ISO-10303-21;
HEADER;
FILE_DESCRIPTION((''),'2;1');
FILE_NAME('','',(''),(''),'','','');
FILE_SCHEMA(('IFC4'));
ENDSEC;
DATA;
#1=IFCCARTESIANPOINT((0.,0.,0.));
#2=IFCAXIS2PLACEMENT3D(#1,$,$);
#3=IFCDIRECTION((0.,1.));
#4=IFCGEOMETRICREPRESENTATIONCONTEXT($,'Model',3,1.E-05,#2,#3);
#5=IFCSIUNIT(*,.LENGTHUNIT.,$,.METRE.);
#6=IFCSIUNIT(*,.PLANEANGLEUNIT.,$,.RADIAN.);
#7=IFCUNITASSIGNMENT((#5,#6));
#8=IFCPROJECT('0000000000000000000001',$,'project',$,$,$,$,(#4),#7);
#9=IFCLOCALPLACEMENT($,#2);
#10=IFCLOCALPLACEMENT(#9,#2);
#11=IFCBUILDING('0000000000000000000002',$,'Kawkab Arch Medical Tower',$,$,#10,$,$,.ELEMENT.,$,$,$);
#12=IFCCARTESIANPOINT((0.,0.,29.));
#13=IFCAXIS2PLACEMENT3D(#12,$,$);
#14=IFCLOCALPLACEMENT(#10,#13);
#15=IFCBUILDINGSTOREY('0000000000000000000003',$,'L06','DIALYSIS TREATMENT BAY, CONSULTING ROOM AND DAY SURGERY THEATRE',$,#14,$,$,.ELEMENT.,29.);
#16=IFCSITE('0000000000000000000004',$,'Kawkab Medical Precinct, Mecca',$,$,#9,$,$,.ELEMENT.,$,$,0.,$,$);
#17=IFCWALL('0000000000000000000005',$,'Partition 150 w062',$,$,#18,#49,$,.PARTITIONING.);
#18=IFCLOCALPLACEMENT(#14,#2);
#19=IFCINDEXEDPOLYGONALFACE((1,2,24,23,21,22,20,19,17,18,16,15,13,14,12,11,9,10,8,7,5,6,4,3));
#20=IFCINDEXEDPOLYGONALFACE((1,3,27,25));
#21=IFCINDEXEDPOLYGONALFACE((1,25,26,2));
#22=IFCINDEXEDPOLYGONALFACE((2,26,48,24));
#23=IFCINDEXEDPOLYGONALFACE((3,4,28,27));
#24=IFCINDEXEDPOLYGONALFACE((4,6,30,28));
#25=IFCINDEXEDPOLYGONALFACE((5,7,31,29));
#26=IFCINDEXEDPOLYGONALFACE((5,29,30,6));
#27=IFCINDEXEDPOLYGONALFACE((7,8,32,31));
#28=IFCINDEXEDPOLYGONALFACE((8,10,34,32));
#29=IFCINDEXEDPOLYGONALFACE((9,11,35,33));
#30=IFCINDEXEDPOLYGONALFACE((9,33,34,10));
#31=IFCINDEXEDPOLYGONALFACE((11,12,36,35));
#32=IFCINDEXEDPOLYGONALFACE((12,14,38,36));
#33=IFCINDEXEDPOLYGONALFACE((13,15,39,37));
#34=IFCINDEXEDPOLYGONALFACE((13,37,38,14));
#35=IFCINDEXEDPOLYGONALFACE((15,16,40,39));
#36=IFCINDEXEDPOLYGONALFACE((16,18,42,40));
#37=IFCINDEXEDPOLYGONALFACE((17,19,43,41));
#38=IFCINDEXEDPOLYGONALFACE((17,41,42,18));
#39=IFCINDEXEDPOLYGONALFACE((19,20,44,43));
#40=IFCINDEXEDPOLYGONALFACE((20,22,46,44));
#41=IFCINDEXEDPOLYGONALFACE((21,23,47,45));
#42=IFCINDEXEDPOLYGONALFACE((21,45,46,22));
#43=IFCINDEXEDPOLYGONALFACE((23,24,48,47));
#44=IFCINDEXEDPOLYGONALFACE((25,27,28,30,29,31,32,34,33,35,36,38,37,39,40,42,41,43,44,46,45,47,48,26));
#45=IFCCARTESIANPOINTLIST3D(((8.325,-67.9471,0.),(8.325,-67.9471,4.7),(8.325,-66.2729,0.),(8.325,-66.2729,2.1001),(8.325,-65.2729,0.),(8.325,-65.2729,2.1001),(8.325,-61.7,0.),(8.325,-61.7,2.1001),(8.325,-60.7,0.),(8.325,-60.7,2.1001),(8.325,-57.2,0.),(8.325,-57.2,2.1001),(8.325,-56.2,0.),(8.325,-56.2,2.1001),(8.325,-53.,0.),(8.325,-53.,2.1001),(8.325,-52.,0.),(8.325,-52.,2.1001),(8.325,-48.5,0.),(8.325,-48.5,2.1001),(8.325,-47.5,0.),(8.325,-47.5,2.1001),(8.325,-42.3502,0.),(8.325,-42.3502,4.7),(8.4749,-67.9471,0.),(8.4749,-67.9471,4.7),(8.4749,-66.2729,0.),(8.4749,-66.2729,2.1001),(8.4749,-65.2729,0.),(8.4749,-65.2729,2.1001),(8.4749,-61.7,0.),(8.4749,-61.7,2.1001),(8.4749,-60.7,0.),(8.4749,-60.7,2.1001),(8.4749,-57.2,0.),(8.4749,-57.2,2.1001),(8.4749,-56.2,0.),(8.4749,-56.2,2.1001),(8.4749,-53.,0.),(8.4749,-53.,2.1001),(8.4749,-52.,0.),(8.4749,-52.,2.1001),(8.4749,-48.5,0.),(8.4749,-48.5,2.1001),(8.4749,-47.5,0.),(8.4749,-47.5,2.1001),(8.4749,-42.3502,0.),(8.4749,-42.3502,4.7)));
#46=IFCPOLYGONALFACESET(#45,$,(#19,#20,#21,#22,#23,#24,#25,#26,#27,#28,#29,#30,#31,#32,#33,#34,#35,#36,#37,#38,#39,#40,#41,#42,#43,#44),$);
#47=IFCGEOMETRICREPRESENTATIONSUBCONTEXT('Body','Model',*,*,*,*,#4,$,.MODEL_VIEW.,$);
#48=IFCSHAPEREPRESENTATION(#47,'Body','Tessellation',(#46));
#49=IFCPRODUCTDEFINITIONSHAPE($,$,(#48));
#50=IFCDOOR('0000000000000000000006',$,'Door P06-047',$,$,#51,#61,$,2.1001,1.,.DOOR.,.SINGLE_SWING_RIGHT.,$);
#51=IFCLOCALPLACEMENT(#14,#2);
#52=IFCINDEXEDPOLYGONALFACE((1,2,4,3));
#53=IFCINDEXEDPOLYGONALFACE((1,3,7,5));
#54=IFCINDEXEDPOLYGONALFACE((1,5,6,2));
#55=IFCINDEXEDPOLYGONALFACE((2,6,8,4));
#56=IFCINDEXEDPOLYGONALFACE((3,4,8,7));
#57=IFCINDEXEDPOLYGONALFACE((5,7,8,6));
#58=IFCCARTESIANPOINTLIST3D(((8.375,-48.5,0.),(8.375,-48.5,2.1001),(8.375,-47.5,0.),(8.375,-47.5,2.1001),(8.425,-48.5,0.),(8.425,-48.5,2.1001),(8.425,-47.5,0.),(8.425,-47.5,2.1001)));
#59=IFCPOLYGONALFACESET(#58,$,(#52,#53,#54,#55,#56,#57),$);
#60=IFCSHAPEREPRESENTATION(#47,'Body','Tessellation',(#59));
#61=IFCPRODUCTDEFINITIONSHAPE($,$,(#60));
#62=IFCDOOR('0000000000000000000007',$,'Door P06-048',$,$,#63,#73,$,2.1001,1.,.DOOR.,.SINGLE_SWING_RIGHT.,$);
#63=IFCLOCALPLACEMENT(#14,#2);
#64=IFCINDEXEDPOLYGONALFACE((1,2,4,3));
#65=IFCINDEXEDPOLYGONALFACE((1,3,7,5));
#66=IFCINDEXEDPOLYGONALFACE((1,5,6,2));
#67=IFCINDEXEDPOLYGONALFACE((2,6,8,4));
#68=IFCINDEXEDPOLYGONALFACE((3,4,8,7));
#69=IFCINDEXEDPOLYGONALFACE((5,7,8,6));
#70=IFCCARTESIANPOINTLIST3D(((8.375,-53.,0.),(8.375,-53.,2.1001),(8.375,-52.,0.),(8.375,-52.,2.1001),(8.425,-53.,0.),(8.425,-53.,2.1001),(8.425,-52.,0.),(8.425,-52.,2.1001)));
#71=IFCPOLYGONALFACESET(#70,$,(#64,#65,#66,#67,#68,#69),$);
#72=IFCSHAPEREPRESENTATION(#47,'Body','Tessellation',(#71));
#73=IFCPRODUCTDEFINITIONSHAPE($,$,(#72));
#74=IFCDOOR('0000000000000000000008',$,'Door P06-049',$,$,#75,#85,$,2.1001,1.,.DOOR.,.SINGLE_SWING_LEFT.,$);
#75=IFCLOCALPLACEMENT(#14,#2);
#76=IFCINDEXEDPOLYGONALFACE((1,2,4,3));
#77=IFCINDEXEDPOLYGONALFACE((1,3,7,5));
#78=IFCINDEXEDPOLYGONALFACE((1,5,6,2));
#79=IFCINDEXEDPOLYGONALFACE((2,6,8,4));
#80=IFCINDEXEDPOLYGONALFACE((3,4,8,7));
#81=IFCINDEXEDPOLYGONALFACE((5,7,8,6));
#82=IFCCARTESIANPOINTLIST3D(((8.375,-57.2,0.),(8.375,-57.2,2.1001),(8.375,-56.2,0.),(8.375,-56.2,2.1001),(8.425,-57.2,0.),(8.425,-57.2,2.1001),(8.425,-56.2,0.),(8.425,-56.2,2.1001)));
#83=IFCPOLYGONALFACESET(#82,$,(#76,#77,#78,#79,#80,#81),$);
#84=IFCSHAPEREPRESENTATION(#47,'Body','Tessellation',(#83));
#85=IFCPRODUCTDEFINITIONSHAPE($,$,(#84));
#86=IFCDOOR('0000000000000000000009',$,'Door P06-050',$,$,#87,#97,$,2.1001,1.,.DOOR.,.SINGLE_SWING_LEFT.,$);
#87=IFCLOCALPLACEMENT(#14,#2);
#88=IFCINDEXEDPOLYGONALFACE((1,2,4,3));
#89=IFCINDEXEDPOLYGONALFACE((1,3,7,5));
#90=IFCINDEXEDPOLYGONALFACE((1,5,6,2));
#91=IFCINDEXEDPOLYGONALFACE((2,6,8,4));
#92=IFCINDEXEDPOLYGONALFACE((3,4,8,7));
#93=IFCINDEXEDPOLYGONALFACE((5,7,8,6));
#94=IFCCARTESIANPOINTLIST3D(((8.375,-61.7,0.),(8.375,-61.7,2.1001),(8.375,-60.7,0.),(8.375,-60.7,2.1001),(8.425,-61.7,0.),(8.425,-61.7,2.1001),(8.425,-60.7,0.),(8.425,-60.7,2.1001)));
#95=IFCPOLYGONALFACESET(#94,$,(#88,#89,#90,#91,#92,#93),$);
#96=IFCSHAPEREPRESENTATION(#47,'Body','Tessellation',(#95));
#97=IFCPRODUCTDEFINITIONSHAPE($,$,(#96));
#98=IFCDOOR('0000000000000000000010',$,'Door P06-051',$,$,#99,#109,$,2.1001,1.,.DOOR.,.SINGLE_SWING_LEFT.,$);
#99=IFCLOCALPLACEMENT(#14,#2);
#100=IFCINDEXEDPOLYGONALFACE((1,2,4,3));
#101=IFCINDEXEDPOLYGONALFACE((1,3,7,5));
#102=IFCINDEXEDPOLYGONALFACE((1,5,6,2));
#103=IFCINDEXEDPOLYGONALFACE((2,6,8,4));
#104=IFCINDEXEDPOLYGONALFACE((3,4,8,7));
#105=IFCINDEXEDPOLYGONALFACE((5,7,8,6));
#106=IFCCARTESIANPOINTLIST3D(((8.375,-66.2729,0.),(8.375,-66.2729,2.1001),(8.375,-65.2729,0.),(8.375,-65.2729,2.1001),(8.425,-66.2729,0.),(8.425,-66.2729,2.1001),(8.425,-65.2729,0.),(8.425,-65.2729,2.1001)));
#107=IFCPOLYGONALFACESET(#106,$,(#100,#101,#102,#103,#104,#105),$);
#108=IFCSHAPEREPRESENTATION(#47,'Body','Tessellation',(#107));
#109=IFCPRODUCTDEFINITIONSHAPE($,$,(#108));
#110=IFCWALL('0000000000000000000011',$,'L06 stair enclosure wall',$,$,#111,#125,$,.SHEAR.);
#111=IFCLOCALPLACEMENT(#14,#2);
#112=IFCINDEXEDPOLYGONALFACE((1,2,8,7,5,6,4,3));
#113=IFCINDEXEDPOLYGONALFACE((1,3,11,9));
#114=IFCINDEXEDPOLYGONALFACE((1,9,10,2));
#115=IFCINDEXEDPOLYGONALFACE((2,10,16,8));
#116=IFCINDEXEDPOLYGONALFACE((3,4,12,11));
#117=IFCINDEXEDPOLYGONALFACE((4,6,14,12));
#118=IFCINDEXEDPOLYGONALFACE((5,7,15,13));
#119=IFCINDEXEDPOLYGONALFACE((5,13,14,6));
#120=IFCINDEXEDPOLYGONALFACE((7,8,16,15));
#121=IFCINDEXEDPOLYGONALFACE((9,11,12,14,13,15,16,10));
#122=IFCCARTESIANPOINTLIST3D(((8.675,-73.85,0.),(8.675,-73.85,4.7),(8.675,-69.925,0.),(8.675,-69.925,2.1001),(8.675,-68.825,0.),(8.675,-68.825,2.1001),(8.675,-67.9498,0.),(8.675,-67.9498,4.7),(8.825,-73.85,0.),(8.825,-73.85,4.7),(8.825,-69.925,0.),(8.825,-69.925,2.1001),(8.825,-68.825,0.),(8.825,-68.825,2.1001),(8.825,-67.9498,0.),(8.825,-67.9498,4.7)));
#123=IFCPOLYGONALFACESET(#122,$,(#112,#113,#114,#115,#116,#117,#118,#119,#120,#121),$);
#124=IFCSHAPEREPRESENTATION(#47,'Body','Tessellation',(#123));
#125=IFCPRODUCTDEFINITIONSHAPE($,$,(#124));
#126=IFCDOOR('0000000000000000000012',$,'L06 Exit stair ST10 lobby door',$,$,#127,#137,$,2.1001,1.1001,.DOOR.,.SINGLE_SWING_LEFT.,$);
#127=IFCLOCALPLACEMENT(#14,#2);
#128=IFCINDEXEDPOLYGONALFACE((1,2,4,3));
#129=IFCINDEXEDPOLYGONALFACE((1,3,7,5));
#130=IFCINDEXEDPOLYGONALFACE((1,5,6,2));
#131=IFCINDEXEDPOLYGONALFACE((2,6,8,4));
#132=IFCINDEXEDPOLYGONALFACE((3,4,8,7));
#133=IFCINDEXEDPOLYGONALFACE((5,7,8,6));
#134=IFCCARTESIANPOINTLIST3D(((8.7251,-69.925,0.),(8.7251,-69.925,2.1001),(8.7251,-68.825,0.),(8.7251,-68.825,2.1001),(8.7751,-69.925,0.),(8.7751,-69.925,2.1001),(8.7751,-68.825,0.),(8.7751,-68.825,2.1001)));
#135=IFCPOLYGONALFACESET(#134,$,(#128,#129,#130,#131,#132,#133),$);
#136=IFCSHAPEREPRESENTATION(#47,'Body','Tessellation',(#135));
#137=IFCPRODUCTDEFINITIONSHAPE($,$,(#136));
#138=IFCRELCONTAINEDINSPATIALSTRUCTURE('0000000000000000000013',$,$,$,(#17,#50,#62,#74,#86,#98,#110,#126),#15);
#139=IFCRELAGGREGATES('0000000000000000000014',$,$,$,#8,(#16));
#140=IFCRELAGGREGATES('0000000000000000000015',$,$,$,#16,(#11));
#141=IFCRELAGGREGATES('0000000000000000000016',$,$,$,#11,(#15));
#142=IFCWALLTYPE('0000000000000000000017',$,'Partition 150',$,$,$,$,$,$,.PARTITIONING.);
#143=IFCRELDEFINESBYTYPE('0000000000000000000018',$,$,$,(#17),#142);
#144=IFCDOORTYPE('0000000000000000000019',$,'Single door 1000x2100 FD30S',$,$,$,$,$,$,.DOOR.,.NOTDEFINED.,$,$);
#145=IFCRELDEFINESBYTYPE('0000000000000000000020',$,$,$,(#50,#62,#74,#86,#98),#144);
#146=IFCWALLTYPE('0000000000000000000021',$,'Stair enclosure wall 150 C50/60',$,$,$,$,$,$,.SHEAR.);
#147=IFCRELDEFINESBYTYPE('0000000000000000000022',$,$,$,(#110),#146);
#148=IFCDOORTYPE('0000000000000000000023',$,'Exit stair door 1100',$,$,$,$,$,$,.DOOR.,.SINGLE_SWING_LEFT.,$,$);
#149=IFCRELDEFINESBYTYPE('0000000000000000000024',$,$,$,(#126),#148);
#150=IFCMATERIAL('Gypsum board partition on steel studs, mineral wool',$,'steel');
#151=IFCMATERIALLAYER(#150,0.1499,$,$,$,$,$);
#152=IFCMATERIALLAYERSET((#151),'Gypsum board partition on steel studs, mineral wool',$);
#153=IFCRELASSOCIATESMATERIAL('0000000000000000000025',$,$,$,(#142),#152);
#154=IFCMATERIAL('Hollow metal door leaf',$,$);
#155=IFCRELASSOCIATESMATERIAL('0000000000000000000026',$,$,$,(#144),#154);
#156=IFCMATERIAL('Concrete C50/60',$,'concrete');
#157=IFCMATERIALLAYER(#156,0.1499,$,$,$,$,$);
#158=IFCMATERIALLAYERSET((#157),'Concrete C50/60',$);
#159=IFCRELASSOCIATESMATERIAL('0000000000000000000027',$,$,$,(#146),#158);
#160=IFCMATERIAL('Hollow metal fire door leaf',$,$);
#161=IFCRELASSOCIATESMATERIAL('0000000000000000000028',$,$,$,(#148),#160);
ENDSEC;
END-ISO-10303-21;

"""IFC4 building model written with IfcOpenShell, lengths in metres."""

from ifc_helpers import new_model, si_unit, direction, frame, frame_2d, origin, place, context, subcontext, project, spatial, rectangle, extrude, material, layer, layer_set, type_object, element, fill, save


model = new_model("IFC4")

# Units and contexts
model_context = context("Model", 3, precision=1e-05, world=origin(), true_north=direction((0.0, 1.0)))
body_context = subcontext(model_context, "Body", "Model", "MODEL_VIEW")
ifc_project = project(units=[si_unit("LENGTHUNIT", "METRE"), si_unit("PLANEANGLEUNIT", "RADIAN")], contexts=[model_context])

# Site, building, storey
site_placement = place(None, origin())
site = spatial("IfcSite", under=ifc_project, at=site_placement, Name="Kawkab Medical Precinct, Mecca", CompositionType="ELEMENT", RefElevation=0.0)
building_placement = place(site_placement, origin())
building = spatial("IfcBuilding", under=site, at=building_placement, Name="Kawkab Arch Medical Tower", CompositionType="ELEMENT")
storey_placement = place(building_placement, frame((0.0, 0.0, 29.0)))
storey = spatial("IfcBuildingStorey", under=building, at=storey_placement, Name="L06", Description="DIALYSIS TREATMENT BAY, CONSULTING ROOM AND DAY SURGERY THEATRE", CompositionType="ELEMENT", Elevation=29.0)

# Shared definitions
ifc_material_1 = material(Name="Gypsum board partition on steel studs, mineral wool", Category="steel")
ifc_layer_1 = layer(ifc_material_1, 0.1499)
ifc_layer_set_1 = layer_set([ifc_layer_1], Name="Gypsum board partition on steel studs, mineral wool")
wall_type_1 = type_object("IfcWallType", Name="Partition 150", PredefinedType="PARTITIONING", material=ifc_layer_set_1)

# Wall, openings, doors
wall_1_placement = place(storey_placement, frame((8.3999, -67.947, 0.0), z_axis=(0.0, 0.0, 1.0), x_axis=(0.0, 1.0, 0.0)))
wall_1 = element("IfcWall", 1, at=wall_1_placement, inside=storey, type_object=wall_type_1, Name="Partition 150 w062", PredefinedType="PARTITIONING", context=body_context, shape_type="SweptSolid", body=[
    extrude(rectangle(XDim=25.5969, YDim=0.1499, at=frame_2d((12.7983, 0.0))), origin(), (0.0, 0.0, 1.0), 4.7),
])
opening_1_placement = place(wall_1_placement, frame((19.447, 0.0, 0.0)))
opening_1 = element("IfcOpeningElement", 2, at=opening_1_placement, cuts=wall_1, PredefinedType="OPENING", context=body_context, shape_type="SweptSolid", body=[
    extrude(rectangle(XDim=1.0, YDim=2.1001, at=frame_2d((0.5, 1.05))), frame((0.0, 0.085, 0.0), z_axis=(0.0, -1.0, 0.0), x_axis=(1.0, 0.0, 0.0)), (0.0, 0.0, 1.0), 0.1699),
])
opening_2_placement = place(wall_1_placement, frame((14.947, 0.0, 0.0)))
opening_2 = element("IfcOpeningElement", 3, at=opening_2_placement, cuts=wall_1, PredefinedType="OPENING", context=body_context, shape_type="SweptSolid", body=[
    extrude(rectangle(XDim=1.0, YDim=2.1001, at=frame_2d((0.5, 1.05))), frame((0.0, 0.085, 0.0), z_axis=(0.0, -1.0, 0.0), x_axis=(1.0, 0.0, 0.0)), (0.0, 0.0, 1.0), 0.1699),
])
opening_3_placement = place(wall_1_placement, frame((10.7471, 0.0, 0.0)))
opening_3 = element("IfcOpeningElement", 4, at=opening_3_placement, cuts=wall_1, PredefinedType="OPENING", context=body_context, shape_type="SweptSolid", body=[
    extrude(rectangle(XDim=1.0, YDim=2.1001, at=frame_2d((0.5, 1.05))), frame((0.0, 0.085, 0.0), z_axis=(0.0, -1.0, 0.0), x_axis=(1.0, 0.0, 0.0)), (0.0, 0.0, 1.0), 0.1699),
])
opening_4_placement = place(wall_1_placement, frame((6.2471, 0.0, 0.0)))
opening_4 = element("IfcOpeningElement", 5, at=opening_4_placement, cuts=wall_1, PredefinedType="OPENING", context=body_context, shape_type="SweptSolid", body=[
    extrude(rectangle(XDim=1.0, YDim=2.1001, at=frame_2d((0.5, 1.05))), frame((0.0, 0.085, 0.0), z_axis=(0.0, -1.0, 0.0), x_axis=(1.0, 0.0, 0.0)), (0.0, 0.0, 1.0), 0.1699),
])
opening_5_placement = place(wall_1_placement, frame((1.6741, 0.0, 0.0)))
opening_5 = element("IfcOpeningElement", 6, at=opening_5_placement, cuts=wall_1, PredefinedType="OPENING", context=body_context, shape_type="SweptSolid", body=[
    extrude(rectangle(XDim=1.0, YDim=2.1001, at=frame_2d((0.5, 1.05))), frame((0.0, 0.085, 0.0), z_axis=(0.0, -1.0, 0.0), x_axis=(1.0, 0.0, 0.0)), (0.0, 0.0, 1.0), 0.1699),
])
ifc_material_2 = material(Name="Hollow metal door leaf")
door_type_1 = type_object("IfcDoorType", Name="Single door 1000x2100 FD30S", OperationType="NOTDEFINED", PredefinedType="DOOR", material=ifc_material_2)
door_1_placement = place(opening_1_placement, origin())
door_1 = element("IfcDoor", 7, at=door_1_placement, inside=storey, type_object=door_type_1, Name="Door P06-047", OperationType="SINGLE_SWING_RIGHT", OverallHeight=2.1001, OverallWidth=1.0, PredefinedType="DOOR", context=body_context, shape_type="SweptSolid", body=[
    extrude(rectangle(XDim=1.0, YDim=2.1001, at=frame_2d((0.5, 1.05))), frame((0.0, 0.0249, 0.0), z_axis=(0.0, -1.0, 0.0), x_axis=(1.0, 0.0, 0.0)), (0.0, 0.0, 1.0), 0.05),
])
fill(opening_1, door_1)
door_2_placement = place(opening_2_placement, origin())
door_2 = element("IfcDoor", 8, at=door_2_placement, inside=storey, type_object=door_type_1, Name="Door P06-048", OperationType="SINGLE_SWING_RIGHT", OverallHeight=2.1001, OverallWidth=1.0, PredefinedType="DOOR", context=body_context, shape_type="SweptSolid", body=[
    extrude(rectangle(XDim=1.0, YDim=2.1001, at=frame_2d((0.5, 1.05))), frame((0.0, 0.0249, 0.0), z_axis=(0.0, -1.0, 0.0), x_axis=(1.0, 0.0, 0.0)), (0.0, 0.0, 1.0), 0.05),
])
fill(opening_2, door_2)
door_3_placement = place(opening_3_placement, origin())
door_3 = element("IfcDoor", 9, at=door_3_placement, inside=storey, type_object=door_type_1, Name="Door P06-049", OperationType="SINGLE_SWING_LEFT", OverallHeight=2.1001, OverallWidth=1.0, PredefinedType="DOOR", context=body_context, shape_type="SweptSolid", body=[
    extrude(rectangle(XDim=1.0, YDim=2.1001, at=frame_2d((0.5, 1.05))), frame((0.0, 0.0249, 0.0), z_axis=(0.0, -1.0, 0.0), x_axis=(1.0, 0.0, 0.0)), (0.0, 0.0, 1.0), 0.05),
])
fill(opening_3, door_3)
door_4_placement = place(opening_4_placement, origin())
door_4 = element("IfcDoor", 10, at=door_4_placement, inside=storey, type_object=door_type_1, Name="Door P06-050", OperationType="SINGLE_SWING_LEFT", OverallHeight=2.1001, OverallWidth=1.0, PredefinedType="DOOR", context=body_context, shape_type="SweptSolid", body=[
    extrude(rectangle(XDim=1.0, YDim=2.1001, at=frame_2d((0.5, 1.05))), frame((0.0, 0.0249, 0.0), z_axis=(0.0, -1.0, 0.0), x_axis=(1.0, 0.0, 0.0)), (0.0, 0.0, 1.0), 0.05),
])
fill(opening_4, door_4)
door_5_placement = place(opening_5_placement, origin())
door_5 = element("IfcDoor", 11, at=door_5_placement, inside=storey, type_object=door_type_1, Name="Door P06-051", OperationType="SINGLE_SWING_LEFT", OverallHeight=2.1001, OverallWidth=1.0, PredefinedType="DOOR", context=body_context, shape_type="SweptSolid", body=[
    extrude(rectangle(XDim=1.0, YDim=2.1001, at=frame_2d((0.5, 1.05))), frame((0.0, 0.0249, 0.0), z_axis=(0.0, -1.0, 0.0), x_axis=(1.0, 0.0, 0.0)), (0.0, 0.0, 1.0), 0.05),
])
fill(opening_5, door_5)

# Wall, opening, door
ifc_material_3 = material(Name="Concrete C50/60", Category="concrete")
ifc_layer_2 = layer(ifc_material_3, 0.1499)
ifc_layer_set_2 = layer_set([ifc_layer_2], Name="Concrete C50/60")
wall_type_2 = type_object("IfcWallType", Name="Stair enclosure wall 150 C50/60", PredefinedType="SHEAR", material=ifc_layer_set_2)
wall_2_placement = place(storey_placement, frame((8.75, -73.8501, 0.0), z_axis=(0.0, 0.0, 1.0), x_axis=(0.0, 1.0, 0.0)))
wall_2 = element("IfcWall", 12, at=wall_2_placement, inside=storey, type_object=wall_type_2, Name="L06 stair enclosure wall", PredefinedType="SHEAR", context=body_context, shape_type="SweptSolid", body=[
    extrude(rectangle(XDim=5.9001, YDim=0.1499, at=frame_2d((2.9502, 0.0))), origin(), (0.0, 0.0, 1.0), 4.7),
])
opening_6_placement = place(wall_2_placement, frame((3.925, 0.0, 0.0)))
opening_6 = element("IfcOpeningElement", 13, at=opening_6_placement, cuts=wall_2, PredefinedType="OPENING", context=body_context, shape_type="SweptSolid", body=[
    extrude(rectangle(XDim=1.1001, YDim=2.1001, at=frame_2d((0.55, 1.05))), frame((0.0, 0.085, 0.0), z_axis=(0.0, -1.0, 0.0), x_axis=(1.0, 0.0, 0.0)), (0.0, 0.0, 1.0), 0.1699),
])
ifc_material_4 = material(Name="Hollow metal fire door leaf")
door_type_2 = type_object("IfcDoorType", Name="Exit stair door 1100", OperationType="SINGLE_SWING_LEFT", PredefinedType="DOOR", material=ifc_material_4)
door_6_placement = place(opening_6_placement, origin())
door_6 = element("IfcDoor", 14, at=door_6_placement, inside=storey, type_object=door_type_2, Name="L06 Exit stair ST10 lobby door", OperationType="SINGLE_SWING_LEFT", OverallHeight=2.1001, OverallWidth=1.1001, PredefinedType="DOOR", context=body_context, shape_type="SweptSolid", body=[
    extrude(rectangle(XDim=1.1001, YDim=2.1001, at=frame_2d((0.55, 1.05))), frame((0.0, 0.0249, 0.0), z_axis=(0.0, -1.0, 0.0), x_axis=(1.0, 0.0, 0.0)), (0.0, 0.0, 1.0), 0.05),
])
fill(opening_6, door_6)

save(model, "model.ifc")
